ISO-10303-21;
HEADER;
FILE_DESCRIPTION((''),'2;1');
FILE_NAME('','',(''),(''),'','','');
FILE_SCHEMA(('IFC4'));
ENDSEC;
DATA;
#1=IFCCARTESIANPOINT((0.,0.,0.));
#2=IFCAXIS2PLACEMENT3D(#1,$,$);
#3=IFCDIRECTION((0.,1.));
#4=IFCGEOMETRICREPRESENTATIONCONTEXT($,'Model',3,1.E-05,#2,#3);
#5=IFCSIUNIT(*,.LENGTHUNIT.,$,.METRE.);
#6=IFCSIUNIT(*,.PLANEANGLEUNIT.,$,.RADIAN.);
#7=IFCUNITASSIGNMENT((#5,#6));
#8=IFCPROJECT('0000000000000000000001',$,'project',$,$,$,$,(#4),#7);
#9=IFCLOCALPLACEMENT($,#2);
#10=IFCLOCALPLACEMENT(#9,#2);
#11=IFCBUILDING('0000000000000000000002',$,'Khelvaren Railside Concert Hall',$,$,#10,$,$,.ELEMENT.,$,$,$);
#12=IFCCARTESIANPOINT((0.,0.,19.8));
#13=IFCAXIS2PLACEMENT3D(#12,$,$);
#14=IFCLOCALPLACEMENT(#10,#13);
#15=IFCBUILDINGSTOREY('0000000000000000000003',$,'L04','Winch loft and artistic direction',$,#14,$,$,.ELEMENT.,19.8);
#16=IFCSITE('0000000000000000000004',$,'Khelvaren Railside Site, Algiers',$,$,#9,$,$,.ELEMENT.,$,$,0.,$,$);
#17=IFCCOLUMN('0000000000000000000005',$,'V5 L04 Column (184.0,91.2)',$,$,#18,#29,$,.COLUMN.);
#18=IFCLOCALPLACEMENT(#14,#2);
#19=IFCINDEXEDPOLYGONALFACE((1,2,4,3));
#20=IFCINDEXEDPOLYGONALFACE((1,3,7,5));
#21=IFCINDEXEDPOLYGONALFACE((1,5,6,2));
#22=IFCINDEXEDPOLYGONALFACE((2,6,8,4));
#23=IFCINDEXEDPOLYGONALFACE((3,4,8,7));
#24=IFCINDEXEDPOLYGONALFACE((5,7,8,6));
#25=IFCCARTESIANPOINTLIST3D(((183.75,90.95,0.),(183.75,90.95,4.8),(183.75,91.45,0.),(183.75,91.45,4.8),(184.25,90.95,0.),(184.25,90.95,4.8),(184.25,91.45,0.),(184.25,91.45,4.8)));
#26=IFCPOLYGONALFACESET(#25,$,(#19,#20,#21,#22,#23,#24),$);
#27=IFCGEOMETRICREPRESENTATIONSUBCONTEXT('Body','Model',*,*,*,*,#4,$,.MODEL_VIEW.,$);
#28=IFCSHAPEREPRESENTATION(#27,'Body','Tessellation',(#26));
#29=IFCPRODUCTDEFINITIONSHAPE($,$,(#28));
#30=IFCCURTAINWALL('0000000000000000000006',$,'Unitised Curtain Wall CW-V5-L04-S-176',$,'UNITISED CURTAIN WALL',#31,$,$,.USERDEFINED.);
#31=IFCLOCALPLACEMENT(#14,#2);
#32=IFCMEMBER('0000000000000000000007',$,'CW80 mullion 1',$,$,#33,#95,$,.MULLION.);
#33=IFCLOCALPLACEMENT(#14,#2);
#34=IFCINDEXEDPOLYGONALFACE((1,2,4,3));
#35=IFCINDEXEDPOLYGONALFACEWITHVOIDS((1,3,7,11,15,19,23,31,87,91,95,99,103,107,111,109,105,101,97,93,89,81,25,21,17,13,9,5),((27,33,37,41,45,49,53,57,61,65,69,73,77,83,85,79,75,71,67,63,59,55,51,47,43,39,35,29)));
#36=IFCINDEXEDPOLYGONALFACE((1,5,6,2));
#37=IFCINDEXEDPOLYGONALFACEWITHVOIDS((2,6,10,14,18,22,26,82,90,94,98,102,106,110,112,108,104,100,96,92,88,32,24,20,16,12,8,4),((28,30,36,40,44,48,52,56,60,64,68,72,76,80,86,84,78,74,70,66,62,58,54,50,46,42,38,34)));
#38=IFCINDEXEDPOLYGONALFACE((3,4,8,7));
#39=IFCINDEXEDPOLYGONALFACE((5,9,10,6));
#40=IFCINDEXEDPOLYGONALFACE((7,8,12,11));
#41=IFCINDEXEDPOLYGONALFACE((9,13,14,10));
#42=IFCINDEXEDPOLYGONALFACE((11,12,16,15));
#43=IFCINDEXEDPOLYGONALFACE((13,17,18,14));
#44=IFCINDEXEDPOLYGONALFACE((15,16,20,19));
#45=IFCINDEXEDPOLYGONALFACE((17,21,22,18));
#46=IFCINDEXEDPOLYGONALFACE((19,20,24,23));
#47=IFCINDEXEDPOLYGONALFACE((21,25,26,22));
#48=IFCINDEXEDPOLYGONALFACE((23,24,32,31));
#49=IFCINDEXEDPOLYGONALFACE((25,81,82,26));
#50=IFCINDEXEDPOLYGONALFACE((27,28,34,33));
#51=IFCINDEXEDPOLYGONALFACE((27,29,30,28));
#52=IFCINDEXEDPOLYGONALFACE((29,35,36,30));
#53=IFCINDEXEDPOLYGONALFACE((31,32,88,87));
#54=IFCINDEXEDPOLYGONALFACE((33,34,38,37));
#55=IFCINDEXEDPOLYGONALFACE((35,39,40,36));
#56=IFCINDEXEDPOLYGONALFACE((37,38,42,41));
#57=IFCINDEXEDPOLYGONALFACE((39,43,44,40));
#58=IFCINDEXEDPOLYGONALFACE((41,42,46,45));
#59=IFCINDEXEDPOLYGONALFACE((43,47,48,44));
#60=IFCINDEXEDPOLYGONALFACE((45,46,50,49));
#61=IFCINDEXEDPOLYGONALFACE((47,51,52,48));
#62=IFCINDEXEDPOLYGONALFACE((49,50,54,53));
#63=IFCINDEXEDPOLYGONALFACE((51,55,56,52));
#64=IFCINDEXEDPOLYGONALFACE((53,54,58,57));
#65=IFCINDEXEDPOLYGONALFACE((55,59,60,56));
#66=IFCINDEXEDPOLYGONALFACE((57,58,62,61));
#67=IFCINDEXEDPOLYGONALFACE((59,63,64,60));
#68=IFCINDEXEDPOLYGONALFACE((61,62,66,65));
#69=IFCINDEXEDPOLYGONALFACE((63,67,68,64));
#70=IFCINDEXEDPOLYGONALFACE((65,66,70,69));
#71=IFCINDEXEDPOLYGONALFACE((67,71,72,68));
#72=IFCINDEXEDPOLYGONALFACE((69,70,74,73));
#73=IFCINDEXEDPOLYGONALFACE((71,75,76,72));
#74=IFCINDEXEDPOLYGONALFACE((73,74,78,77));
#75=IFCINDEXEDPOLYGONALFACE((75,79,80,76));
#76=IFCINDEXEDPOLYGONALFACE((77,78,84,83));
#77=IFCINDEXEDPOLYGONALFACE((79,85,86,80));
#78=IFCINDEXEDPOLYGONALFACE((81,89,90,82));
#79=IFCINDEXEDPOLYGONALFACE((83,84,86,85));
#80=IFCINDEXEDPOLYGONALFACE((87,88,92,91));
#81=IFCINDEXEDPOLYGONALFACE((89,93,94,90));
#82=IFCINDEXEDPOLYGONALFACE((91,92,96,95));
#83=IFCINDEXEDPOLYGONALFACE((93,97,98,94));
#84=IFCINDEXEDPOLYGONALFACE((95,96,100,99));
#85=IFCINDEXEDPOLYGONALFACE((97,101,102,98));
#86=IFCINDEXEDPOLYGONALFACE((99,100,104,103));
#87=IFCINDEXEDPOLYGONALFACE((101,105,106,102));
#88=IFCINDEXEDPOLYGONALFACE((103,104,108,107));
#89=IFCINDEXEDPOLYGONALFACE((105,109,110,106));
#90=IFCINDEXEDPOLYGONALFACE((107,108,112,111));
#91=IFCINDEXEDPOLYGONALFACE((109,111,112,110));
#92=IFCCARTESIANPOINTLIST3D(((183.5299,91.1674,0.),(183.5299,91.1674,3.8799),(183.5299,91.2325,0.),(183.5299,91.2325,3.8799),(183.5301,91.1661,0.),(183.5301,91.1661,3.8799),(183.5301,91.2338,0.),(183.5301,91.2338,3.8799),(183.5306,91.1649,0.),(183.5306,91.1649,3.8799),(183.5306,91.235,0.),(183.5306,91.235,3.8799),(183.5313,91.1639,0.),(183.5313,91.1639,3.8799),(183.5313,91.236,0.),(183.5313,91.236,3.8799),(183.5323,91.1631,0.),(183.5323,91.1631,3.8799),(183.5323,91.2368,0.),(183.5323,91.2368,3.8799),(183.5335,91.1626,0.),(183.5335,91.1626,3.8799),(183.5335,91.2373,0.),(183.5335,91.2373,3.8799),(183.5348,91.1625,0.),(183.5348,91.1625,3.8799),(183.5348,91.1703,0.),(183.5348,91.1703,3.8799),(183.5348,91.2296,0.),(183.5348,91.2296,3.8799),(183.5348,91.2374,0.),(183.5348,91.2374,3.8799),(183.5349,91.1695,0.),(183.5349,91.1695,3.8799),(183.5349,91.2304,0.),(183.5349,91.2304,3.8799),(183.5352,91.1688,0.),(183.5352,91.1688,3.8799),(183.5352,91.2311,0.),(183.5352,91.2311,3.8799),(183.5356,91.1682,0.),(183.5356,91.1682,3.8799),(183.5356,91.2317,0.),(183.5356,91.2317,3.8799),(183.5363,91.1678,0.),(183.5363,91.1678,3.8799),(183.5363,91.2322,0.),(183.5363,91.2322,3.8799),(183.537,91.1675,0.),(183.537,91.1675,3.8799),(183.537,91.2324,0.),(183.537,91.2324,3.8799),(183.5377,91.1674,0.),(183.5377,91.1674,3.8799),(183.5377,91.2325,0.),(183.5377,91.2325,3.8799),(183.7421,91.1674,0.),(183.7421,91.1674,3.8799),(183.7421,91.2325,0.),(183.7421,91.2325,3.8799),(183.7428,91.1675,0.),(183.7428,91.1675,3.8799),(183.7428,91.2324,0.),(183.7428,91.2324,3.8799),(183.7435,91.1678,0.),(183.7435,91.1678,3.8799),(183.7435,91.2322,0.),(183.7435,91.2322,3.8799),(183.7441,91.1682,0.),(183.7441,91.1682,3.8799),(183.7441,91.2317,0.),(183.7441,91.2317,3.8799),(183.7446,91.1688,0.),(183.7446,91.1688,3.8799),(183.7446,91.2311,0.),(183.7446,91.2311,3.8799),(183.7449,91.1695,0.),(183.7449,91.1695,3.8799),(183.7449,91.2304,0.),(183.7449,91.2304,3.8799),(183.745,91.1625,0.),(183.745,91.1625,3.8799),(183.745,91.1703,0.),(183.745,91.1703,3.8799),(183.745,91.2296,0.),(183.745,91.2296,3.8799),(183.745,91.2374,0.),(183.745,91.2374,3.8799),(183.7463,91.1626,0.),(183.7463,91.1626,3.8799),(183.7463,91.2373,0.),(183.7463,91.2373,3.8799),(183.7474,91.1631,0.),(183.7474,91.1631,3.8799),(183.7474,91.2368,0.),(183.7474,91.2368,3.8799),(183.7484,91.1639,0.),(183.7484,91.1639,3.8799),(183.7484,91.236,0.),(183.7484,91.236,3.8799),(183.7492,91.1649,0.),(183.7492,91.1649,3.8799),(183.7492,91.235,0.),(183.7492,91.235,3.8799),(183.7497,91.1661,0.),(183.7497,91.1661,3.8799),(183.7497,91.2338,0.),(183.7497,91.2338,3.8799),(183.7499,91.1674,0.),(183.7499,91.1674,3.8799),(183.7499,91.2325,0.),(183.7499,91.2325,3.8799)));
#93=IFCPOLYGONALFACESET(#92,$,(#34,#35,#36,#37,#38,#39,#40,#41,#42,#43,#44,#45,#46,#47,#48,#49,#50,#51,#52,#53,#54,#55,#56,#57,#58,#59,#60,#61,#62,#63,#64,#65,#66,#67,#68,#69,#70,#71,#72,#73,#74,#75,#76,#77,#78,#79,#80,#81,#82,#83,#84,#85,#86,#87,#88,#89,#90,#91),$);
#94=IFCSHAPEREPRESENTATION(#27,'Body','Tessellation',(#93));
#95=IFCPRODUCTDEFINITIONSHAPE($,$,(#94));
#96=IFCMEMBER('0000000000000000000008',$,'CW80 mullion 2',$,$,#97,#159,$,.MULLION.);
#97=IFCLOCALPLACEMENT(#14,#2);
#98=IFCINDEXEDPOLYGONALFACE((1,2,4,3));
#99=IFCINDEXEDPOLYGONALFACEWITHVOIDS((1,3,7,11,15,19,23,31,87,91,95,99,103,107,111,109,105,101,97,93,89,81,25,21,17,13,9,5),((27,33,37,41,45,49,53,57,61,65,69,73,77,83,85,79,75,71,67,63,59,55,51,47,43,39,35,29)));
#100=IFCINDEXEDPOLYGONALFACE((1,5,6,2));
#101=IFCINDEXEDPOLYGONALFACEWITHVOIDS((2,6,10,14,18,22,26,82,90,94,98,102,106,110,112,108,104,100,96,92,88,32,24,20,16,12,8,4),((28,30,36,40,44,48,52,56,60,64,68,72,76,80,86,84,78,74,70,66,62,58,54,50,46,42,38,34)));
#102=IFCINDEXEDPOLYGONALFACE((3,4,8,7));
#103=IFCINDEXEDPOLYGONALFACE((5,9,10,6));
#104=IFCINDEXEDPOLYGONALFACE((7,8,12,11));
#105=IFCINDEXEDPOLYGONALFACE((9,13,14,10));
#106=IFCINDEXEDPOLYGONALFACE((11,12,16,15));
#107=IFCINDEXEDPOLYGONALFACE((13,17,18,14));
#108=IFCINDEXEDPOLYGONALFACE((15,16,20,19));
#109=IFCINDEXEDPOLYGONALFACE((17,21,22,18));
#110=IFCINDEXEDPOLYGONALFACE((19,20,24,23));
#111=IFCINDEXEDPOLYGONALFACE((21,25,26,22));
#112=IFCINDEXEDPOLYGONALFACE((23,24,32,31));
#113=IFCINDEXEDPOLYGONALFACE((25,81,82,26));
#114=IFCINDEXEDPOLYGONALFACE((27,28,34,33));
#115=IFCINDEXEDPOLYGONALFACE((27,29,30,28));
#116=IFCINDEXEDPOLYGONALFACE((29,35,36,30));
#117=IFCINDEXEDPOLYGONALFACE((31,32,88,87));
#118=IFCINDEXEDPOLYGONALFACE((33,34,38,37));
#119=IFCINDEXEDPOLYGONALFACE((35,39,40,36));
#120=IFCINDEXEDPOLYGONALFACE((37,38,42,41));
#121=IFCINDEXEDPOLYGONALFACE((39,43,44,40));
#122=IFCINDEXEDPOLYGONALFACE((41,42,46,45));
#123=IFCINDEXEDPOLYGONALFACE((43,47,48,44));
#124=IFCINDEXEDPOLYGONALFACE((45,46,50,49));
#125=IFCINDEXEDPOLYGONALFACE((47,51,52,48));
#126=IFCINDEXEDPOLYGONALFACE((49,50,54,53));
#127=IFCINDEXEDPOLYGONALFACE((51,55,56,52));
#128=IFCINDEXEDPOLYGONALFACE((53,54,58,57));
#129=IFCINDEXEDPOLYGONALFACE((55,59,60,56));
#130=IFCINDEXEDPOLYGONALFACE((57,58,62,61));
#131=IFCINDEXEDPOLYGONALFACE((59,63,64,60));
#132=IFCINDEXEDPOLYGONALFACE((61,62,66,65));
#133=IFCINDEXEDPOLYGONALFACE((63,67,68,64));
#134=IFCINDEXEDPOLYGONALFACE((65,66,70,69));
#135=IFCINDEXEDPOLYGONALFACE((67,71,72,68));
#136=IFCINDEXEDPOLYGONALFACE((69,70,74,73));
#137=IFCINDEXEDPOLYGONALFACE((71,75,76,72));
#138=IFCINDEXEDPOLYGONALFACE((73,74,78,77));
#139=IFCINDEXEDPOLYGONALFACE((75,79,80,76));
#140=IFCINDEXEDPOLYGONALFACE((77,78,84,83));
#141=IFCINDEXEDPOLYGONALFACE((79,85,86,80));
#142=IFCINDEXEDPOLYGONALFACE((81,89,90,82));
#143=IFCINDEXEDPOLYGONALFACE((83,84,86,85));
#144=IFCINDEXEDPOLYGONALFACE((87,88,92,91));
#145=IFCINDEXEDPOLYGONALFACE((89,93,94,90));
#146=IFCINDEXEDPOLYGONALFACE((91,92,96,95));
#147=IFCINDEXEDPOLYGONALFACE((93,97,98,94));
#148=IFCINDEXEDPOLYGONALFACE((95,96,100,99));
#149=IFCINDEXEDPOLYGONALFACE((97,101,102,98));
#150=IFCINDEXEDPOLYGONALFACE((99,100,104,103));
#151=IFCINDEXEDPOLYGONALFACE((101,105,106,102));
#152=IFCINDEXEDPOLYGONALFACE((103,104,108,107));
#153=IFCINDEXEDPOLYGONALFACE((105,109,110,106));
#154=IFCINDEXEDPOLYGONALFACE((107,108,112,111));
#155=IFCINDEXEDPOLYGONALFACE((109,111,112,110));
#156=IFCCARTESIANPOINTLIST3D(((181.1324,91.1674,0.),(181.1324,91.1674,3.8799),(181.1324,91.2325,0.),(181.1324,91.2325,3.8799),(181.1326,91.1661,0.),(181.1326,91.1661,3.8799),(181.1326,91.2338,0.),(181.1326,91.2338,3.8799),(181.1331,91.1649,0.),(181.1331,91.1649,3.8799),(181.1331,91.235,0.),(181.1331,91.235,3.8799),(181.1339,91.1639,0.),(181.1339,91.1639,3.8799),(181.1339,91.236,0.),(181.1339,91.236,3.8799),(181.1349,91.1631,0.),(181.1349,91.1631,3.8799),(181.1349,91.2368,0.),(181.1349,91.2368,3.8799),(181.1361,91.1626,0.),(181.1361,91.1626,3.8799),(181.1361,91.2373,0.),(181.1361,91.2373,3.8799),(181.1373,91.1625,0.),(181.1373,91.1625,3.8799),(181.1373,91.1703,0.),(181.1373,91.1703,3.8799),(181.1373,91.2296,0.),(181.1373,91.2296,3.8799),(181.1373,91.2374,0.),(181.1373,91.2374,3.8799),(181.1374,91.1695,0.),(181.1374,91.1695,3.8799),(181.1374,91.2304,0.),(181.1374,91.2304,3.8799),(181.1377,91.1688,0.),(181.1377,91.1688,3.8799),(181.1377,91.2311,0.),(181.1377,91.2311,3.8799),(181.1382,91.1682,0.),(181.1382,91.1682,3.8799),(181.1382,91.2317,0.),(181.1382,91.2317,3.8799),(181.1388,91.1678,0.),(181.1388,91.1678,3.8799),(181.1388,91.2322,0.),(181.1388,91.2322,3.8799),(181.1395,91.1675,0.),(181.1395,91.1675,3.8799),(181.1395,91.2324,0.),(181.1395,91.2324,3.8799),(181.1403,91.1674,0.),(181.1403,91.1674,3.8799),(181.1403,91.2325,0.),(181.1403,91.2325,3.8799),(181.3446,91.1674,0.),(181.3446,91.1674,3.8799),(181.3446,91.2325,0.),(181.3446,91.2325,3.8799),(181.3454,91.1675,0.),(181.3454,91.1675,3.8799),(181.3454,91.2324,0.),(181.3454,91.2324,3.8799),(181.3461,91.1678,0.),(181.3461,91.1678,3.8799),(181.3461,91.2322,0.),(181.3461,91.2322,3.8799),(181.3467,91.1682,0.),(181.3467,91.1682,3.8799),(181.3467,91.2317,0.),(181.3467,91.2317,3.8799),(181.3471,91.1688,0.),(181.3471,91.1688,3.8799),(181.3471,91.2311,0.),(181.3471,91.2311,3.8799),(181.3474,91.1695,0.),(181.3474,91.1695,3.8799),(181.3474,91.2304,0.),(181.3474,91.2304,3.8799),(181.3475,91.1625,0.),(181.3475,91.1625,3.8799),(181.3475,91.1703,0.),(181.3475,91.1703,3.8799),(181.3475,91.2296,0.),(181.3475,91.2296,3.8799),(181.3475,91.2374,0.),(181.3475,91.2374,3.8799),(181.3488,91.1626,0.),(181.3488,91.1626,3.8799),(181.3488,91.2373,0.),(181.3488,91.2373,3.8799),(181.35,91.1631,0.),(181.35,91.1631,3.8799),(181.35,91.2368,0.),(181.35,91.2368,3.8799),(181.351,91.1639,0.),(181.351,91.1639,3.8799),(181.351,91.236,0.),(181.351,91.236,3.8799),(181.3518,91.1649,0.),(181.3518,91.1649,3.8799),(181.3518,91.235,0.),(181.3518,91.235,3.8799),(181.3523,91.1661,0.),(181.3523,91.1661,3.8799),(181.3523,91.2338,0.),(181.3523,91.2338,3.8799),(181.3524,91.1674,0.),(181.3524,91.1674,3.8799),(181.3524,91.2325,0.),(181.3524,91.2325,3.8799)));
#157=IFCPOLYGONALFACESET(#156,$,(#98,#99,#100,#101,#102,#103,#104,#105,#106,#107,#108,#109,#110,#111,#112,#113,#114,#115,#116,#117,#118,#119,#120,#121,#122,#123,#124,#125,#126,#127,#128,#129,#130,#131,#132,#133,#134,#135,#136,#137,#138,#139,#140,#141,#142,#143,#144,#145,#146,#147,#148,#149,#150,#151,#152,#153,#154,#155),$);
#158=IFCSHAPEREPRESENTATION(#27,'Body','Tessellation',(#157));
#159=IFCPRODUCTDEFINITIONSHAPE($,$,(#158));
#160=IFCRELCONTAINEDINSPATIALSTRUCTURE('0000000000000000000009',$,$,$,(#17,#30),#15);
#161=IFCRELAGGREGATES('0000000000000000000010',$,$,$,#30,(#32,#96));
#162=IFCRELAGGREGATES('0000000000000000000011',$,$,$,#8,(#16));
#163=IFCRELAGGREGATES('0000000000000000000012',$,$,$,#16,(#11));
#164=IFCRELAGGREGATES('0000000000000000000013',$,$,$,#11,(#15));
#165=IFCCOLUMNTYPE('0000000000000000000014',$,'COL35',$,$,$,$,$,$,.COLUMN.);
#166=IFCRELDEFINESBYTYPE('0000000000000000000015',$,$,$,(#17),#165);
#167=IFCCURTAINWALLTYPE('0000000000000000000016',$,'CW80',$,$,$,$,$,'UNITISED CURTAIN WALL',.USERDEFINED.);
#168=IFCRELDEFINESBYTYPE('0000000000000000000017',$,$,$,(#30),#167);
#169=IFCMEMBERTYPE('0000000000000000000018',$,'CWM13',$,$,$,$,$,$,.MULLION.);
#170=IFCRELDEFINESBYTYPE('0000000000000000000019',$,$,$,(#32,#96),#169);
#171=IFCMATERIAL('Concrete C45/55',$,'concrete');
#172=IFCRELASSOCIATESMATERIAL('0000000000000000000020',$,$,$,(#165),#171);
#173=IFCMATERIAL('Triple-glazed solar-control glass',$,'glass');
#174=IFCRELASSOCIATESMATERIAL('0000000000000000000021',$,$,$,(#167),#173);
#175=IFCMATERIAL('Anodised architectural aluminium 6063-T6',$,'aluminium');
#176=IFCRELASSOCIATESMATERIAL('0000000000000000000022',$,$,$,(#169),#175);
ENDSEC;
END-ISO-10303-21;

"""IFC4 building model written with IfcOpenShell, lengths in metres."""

from ifc_helpers import new_model, si_unit, direction, frame, origin, origin_2d, place, context, subcontext, project, spatial, rectangle, hollow_rectangle, extrude, material, material_profile, profile_set, type_object, element, aggregate, save


model = new_model("IFC4")

# Units and contexts
model_context = context("Model", 3, precision=1e-05, world=origin(), true_north=direction((0.0, 1.0)))
body_context = subcontext(model_context, "Body", "Model", "MODEL_VIEW")
ifc_project = project(units=[si_unit("LENGTHUNIT", "METRE"), si_unit("PLANEANGLEUNIT", "RADIAN")], contexts=[model_context])

# Site, building, storey
site_placement = place(None, origin())
site = spatial("IfcSite", under=ifc_project, at=site_placement, Name="Khelvaren Railside Site, Algiers", CompositionType="ELEMENT", RefElevation=0.0)
building_placement = place(site_placement, origin())
building = spatial("IfcBuilding", under=site, at=building_placement, Name="Khelvaren Railside Concert Hall", CompositionType="ELEMENT")
storey_placement = place(building_placement, frame((0.0, 0.0, 19.8)))
storey = spatial("IfcBuildingStorey", under=building, at=storey_placement, Name="L04", Description="Winch loft and artistic direction", CompositionType="ELEMENT", Elevation=19.8)

# Column
ifc_material_1 = material(Name="Concrete C45/55", Category="concrete")
ifc_material_profile_1 = material_profile(ifc_material_1, rectangle(XDim=0.5, YDim=0.5, at=origin_2d()), Name="RC 500x500")
ifc_profile_set_1 = profile_set([ifc_material_profile_1], Name="Concrete C45/55")
column_type = type_object("IfcColumnType", Name="COL35", PredefinedType="COLUMN", material=ifc_profile_set_1)
column_placement = place(storey_placement, frame((184.0, 91.2, 0.0), z_axis=(0.0, 0.0, 1.0), x_axis=(1.0, 0.0, 0.0)))
element("IfcColumn", 1, at=column_placement, inside=storey, type_object=column_type, Name="V5 L04 Column (184.0,91.2)", PredefinedType="COLUMN", context=body_context, shape_type="SweptSolid", body=[
    extrude(rectangle(XDim=0.5, YDim=0.5, at=origin_2d()), origin(), (0.0, 0.0, 1.0), 4.8),
])

# Curtain wall, members
ifc_material_2 = material(Name="Triple-glazed solar-control glass", Category="glass")
curtain_wall_type_1 = type_object("IfcCurtainWallType", Name="CW80", ElementType="UNITISED CURTAIN WALL", PredefinedType="USERDEFINED", material=ifc_material_2)
curtain_wall_1_placement = place(storey_placement, origin())
curtain_wall_1 = element("IfcCurtainWall", 2, at=curtain_wall_1_placement, inside=storey, type_object=curtain_wall_type_1, Name="Unitised Curtain Wall CW-V5-L04-S-176", ObjectType="UNITISED CURTAIN WALL", PredefinedType="USERDEFINED")
ifc_material_3 = material(Name="Anodised architectural aluminium 6063-T6", Category="aluminium")
ifc_material_profile_2 = material_profile(ifc_material_3, hollow_rectangle(XDim=0.075, YDim=0.22, WallThickness=0.0049, InnerFilletRadius=0.0029, OuterFilletRadius=0.0049, at=origin_2d()), Name="CWM 75x220x5")
ifc_profile_set_2 = profile_set([ifc_material_profile_2], Name="Anodised architectural aluminium 6063-T6")
member_type_1 = type_object("IfcMemberType", Name="CWM13", PredefinedType="MULLION", material=ifc_profile_set_2)
member_1_placement = place(storey_placement, frame((183.6399, 91.2, 0.0), z_axis=(0.0, 0.0, 1.0), x_axis=(0.0, -1.0, 0.0)))
member_1 = element("IfcMember", 3, at=member_1_placement, type_object=member_type_1, Name="CW80 mullion 1", PredefinedType="MULLION", context=body_context, shape_type="SweptSolid", body=[
    extrude(hollow_rectangle(XDim=0.075, YDim=0.22, WallThickness=0.0049, InnerFilletRadius=0.0029, OuterFilletRadius=0.0049, at=origin_2d()), origin(), (0.0, 0.0, 1.0), 3.8799),
])
member_2_placement = place(storey_placement, frame((181.2424, 91.2, 0.0), z_axis=(0.0, 0.0, 1.0), x_axis=(0.0, -1.0, 0.0)))
member_2 = element("IfcMember", 4, at=member_2_placement, type_object=member_type_1, Name="CW80 mullion 2", PredefinedType="MULLION", context=body_context, shape_type="SweptSolid", body=[
    extrude(hollow_rectangle(XDim=0.075, YDim=0.22, WallThickness=0.0049, InnerFilletRadius=0.0029, OuterFilletRadius=0.0049, at=origin_2d()), origin(), (0.0, 0.0, 1.0), 3.8799),
])

aggregate(curtain_wall_1, [member_1, member_2])

save(model, "model.ifc")
